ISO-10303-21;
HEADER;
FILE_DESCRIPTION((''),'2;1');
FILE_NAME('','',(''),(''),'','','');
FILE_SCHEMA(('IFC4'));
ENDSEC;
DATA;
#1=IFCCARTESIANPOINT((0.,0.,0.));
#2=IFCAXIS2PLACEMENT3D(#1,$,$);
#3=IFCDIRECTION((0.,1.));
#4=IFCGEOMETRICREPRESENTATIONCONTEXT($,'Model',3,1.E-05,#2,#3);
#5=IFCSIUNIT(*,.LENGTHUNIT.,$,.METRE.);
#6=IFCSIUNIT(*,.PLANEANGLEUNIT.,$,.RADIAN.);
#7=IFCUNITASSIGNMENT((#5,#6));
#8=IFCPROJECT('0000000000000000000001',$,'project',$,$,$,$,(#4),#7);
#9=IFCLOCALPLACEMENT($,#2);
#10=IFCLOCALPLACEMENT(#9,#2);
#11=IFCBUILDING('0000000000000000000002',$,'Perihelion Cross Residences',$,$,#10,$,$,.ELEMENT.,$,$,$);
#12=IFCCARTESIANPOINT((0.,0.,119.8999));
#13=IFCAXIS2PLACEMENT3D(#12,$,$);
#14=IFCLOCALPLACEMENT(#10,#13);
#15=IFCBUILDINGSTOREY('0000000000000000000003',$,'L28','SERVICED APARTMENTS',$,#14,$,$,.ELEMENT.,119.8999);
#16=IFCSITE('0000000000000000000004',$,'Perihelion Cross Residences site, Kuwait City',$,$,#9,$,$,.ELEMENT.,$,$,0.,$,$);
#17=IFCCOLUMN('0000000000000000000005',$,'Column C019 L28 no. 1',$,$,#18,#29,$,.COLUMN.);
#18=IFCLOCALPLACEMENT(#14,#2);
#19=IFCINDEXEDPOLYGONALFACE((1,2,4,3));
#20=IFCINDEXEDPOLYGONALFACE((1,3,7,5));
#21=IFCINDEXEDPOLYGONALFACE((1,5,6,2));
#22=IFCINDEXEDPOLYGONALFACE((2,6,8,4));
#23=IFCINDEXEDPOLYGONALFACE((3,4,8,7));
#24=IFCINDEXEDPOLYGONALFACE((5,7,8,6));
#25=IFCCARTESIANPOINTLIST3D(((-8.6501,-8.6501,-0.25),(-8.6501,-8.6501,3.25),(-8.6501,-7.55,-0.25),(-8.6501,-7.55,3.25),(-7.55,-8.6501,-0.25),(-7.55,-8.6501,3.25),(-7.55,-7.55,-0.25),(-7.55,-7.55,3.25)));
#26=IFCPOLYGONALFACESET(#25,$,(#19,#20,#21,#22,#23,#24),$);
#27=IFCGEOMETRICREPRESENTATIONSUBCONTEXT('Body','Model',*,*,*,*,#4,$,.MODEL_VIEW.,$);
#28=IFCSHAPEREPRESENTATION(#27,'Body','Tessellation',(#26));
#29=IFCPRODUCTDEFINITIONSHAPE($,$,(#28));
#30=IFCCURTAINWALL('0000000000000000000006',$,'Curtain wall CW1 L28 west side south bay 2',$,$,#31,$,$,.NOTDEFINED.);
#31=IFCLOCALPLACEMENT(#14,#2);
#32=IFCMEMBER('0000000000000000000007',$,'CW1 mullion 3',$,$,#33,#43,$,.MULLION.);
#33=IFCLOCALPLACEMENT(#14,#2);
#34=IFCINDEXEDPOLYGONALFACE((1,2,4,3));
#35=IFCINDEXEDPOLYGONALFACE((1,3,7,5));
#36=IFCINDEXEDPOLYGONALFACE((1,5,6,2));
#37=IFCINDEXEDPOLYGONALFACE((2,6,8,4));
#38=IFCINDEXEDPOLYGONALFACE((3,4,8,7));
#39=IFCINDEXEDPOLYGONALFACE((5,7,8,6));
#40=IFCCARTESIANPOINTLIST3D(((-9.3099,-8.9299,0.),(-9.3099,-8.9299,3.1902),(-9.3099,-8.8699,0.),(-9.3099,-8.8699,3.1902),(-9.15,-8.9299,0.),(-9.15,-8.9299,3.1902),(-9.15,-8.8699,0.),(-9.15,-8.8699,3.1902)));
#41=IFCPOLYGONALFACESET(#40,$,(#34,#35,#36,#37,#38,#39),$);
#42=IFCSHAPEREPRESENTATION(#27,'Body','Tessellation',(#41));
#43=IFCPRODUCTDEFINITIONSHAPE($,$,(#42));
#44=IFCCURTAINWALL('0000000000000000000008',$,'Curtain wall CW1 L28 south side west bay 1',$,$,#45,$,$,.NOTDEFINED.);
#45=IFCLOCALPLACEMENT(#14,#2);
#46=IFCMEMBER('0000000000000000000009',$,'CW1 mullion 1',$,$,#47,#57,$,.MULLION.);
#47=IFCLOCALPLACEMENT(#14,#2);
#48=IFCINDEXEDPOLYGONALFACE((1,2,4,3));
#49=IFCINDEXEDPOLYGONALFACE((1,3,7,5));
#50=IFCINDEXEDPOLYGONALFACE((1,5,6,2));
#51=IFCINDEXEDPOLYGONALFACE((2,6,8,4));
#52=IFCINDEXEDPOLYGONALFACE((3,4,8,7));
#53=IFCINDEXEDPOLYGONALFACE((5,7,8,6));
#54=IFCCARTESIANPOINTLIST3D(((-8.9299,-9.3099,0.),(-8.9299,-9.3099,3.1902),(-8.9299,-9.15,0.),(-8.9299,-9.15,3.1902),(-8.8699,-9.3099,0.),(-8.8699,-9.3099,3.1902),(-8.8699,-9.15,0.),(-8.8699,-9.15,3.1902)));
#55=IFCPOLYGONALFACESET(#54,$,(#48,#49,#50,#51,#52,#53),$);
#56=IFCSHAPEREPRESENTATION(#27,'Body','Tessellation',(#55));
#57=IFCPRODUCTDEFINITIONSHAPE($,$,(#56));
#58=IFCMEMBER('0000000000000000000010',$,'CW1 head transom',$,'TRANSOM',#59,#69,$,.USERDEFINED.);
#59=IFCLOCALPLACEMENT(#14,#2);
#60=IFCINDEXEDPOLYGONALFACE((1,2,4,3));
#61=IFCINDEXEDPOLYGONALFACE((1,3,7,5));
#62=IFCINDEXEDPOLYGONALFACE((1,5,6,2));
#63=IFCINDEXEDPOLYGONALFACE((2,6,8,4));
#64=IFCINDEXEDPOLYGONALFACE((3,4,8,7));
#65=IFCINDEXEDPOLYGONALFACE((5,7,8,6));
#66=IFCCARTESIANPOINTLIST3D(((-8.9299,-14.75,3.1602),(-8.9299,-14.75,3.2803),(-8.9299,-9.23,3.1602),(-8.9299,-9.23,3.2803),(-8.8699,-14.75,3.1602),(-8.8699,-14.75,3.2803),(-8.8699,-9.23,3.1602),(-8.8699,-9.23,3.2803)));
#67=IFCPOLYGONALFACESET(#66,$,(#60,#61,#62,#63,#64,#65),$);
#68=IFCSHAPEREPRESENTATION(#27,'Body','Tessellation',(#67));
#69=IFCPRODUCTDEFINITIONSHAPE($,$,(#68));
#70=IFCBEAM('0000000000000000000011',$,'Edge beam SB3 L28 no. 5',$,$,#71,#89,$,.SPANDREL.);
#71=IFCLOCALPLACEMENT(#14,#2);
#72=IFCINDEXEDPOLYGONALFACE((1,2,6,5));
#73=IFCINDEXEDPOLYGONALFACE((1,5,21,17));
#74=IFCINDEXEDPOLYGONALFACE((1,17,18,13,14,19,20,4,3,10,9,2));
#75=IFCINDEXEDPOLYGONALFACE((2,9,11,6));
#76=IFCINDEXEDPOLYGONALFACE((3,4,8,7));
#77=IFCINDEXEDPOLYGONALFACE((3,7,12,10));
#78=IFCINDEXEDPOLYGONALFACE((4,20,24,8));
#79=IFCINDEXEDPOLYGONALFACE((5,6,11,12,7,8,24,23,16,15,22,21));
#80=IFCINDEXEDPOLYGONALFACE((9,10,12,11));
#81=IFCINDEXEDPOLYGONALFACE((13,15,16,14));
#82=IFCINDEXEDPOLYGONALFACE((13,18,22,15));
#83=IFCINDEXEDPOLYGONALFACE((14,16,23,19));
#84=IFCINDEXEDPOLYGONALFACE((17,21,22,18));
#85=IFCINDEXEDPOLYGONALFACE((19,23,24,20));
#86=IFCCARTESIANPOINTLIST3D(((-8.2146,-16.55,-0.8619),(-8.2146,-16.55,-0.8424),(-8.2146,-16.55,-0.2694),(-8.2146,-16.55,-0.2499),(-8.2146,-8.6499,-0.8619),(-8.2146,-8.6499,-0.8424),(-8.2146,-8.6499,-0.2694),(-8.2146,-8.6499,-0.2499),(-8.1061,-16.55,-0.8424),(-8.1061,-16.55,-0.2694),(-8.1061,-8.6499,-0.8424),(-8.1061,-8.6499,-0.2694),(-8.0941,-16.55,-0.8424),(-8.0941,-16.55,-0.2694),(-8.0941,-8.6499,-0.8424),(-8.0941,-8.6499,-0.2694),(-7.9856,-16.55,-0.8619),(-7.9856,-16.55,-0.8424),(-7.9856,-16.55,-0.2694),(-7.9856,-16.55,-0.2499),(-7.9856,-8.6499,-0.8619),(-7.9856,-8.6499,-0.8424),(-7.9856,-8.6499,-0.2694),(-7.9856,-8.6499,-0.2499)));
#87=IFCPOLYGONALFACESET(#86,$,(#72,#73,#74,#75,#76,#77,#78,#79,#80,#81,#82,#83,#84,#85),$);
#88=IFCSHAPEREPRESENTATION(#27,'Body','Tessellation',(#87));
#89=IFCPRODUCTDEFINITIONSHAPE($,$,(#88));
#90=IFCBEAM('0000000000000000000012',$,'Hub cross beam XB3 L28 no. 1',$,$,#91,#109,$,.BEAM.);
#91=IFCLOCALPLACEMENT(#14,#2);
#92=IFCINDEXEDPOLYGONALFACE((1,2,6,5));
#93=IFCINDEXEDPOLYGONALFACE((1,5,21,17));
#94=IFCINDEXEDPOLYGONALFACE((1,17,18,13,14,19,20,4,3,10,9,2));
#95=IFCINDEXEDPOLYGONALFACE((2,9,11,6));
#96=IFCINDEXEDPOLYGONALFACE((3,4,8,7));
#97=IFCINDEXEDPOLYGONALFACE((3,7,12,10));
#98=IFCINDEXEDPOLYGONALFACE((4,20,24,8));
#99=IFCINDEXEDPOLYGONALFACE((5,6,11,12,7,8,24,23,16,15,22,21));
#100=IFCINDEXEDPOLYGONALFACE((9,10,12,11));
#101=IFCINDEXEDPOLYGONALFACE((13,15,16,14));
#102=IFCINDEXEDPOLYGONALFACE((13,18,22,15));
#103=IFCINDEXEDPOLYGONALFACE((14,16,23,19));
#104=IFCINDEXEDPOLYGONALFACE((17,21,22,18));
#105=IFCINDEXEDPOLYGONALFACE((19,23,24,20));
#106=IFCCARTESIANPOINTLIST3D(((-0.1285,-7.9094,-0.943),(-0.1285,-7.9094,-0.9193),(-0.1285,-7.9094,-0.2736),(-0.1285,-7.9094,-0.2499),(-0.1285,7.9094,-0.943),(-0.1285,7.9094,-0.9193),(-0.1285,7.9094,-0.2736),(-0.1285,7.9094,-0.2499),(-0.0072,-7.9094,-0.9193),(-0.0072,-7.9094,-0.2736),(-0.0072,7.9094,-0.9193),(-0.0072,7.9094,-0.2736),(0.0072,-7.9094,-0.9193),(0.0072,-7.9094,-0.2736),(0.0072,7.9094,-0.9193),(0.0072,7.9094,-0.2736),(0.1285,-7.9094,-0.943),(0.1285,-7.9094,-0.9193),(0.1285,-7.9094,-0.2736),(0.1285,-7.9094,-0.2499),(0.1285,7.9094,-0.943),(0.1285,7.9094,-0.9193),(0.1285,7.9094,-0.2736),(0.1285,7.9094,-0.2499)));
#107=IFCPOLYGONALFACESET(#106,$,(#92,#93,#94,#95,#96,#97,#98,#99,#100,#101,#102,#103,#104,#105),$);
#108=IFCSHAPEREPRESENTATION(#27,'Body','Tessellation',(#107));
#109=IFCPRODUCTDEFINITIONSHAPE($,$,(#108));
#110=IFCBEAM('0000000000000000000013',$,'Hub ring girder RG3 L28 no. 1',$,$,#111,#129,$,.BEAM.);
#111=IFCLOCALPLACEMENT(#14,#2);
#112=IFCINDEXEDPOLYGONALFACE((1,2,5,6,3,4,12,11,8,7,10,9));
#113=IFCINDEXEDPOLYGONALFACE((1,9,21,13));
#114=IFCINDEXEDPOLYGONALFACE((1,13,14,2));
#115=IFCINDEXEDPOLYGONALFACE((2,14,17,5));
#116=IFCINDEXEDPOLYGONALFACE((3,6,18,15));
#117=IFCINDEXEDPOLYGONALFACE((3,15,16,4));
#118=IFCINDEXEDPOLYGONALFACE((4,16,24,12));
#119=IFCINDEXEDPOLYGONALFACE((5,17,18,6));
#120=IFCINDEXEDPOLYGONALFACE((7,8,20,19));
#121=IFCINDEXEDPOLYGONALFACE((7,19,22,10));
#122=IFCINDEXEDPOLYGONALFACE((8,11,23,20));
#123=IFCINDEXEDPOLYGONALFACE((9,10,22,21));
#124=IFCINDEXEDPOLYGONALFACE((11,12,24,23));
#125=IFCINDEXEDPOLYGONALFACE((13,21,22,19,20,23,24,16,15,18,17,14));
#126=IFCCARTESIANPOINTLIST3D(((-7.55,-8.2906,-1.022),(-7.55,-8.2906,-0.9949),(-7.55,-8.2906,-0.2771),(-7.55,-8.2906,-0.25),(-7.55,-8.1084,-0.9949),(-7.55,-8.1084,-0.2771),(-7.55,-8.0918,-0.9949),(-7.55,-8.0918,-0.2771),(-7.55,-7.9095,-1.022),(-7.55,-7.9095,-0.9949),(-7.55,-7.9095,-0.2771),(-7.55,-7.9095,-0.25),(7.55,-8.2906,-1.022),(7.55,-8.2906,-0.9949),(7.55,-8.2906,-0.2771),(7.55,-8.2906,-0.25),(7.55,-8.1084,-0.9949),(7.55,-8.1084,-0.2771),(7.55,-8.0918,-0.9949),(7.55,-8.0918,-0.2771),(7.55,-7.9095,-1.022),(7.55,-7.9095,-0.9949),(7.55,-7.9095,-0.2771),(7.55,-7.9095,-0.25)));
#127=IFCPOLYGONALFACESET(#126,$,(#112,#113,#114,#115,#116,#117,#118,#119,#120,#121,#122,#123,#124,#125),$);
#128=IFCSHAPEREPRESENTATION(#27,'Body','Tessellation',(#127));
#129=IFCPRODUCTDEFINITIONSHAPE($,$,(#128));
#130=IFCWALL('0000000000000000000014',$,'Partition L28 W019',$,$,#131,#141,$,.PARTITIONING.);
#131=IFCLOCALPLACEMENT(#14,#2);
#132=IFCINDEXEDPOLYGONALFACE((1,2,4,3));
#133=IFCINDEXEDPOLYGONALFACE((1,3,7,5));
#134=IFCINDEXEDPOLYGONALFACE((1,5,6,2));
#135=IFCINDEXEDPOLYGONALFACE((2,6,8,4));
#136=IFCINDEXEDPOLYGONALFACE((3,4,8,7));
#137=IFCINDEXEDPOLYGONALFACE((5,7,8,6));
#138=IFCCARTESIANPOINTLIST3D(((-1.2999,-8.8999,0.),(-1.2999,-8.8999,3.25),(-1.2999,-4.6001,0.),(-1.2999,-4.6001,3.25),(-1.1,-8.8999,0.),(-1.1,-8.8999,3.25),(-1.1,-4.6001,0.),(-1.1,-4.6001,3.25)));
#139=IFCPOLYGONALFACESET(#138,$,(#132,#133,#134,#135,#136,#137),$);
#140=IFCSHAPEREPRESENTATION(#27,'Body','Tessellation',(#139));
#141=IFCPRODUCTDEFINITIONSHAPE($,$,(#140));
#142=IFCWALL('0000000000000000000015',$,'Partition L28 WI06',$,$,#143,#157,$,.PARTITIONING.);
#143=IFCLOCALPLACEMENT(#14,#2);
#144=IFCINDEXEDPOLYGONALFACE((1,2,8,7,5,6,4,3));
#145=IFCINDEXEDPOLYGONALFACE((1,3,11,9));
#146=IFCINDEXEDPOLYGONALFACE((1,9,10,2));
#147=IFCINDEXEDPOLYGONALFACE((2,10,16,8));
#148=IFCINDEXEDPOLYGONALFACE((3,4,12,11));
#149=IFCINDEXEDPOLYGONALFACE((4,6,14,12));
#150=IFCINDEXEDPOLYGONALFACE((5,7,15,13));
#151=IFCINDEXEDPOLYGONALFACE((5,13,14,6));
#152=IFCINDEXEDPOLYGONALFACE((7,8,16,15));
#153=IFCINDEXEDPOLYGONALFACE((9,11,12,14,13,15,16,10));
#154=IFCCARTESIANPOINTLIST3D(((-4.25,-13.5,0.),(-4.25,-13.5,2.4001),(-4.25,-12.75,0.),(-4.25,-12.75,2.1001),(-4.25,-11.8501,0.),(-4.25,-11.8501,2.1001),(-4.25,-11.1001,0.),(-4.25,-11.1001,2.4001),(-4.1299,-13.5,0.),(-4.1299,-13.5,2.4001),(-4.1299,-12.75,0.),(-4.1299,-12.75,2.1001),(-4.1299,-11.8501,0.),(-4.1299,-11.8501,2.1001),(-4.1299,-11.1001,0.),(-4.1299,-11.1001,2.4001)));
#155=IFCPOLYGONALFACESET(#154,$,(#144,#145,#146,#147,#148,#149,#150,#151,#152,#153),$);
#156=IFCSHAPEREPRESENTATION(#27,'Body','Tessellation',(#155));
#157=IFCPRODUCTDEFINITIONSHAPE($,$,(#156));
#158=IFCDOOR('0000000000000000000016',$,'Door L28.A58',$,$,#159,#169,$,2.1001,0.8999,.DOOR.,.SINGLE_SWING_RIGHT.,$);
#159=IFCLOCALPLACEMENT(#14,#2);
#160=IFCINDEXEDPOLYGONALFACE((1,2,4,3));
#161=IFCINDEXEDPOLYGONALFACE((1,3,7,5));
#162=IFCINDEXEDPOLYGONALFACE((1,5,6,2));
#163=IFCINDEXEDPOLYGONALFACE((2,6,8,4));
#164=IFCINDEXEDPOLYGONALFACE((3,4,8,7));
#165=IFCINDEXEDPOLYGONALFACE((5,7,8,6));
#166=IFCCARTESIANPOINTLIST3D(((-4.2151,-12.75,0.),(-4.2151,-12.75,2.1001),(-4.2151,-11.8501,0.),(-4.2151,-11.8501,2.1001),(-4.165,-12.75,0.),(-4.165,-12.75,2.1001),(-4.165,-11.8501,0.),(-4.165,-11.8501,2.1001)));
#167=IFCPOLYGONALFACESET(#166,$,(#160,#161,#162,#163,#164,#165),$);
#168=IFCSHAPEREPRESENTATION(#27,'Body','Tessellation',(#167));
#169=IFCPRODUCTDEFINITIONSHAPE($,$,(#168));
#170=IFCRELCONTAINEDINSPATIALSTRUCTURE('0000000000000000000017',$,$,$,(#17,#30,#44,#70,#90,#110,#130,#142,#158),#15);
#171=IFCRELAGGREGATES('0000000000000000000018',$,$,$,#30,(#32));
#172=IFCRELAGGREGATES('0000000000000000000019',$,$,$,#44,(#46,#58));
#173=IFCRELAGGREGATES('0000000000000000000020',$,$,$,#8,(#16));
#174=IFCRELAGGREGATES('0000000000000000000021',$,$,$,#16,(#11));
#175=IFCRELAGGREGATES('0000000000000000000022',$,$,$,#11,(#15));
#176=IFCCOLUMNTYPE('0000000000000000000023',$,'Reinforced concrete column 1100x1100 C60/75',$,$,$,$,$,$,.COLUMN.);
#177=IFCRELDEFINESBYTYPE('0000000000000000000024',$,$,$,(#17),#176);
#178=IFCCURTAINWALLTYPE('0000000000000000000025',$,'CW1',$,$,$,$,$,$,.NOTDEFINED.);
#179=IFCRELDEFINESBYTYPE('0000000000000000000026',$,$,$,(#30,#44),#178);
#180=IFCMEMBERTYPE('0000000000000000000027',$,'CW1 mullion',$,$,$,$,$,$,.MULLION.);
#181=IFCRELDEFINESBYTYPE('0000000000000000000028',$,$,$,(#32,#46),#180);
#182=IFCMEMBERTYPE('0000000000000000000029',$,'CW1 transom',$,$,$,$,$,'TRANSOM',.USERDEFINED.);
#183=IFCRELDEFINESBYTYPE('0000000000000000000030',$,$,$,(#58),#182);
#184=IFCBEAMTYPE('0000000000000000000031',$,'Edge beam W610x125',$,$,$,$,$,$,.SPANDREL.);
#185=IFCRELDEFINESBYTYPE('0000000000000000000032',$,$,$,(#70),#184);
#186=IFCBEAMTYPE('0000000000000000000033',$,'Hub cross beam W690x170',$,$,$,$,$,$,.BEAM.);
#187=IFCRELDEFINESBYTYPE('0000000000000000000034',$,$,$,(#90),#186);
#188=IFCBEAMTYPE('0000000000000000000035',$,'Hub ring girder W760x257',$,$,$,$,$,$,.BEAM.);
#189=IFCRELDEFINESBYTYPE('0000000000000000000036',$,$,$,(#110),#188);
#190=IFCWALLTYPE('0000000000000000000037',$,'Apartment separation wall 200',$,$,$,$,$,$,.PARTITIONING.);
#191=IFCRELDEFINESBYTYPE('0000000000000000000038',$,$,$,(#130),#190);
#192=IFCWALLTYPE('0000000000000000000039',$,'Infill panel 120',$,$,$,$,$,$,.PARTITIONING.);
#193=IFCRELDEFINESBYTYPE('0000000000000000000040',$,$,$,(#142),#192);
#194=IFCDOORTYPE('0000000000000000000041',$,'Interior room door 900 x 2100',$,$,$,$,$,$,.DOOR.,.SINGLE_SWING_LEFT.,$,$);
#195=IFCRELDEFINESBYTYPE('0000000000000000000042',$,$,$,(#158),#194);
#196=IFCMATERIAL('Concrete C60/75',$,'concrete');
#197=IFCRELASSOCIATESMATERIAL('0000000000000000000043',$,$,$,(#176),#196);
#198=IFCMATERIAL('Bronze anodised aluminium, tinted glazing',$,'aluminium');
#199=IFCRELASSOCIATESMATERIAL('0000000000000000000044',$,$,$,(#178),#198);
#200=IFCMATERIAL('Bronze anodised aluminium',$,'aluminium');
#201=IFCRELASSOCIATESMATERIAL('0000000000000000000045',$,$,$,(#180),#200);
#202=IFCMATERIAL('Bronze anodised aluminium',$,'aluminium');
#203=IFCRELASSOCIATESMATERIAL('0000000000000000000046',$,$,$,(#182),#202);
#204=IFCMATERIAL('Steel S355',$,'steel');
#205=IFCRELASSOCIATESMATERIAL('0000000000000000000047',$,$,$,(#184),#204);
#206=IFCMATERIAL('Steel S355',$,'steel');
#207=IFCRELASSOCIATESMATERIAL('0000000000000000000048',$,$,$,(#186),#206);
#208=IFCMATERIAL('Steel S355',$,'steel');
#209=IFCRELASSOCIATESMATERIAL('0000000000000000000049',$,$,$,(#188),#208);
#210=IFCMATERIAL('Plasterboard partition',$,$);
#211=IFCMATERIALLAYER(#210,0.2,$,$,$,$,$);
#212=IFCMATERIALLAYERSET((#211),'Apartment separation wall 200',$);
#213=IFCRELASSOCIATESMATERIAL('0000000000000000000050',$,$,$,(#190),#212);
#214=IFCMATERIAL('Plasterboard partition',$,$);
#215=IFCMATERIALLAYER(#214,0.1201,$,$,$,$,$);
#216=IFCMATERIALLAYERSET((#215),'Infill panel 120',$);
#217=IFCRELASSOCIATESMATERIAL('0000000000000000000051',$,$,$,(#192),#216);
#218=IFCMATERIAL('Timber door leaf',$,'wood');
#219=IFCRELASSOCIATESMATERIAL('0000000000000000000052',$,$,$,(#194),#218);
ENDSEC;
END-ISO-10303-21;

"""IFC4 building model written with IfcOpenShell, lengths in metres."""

from ifc_helpers import new_model, si_unit, direction, frame, frame_2d, origin, origin_2d, place, context, subcontext, project, spatial, rectangle, i_section, extrude, material, layer, layer_set, material_profile, profile_set, type_object, element, fill, aggregate, save


model = new_model("IFC4")

# Units and contexts
model_context = context("Model", 3, precision=1e-05, world=origin(), true_north=direction((0.0, 1.0)))
body_context = subcontext(model_context, "Body", "Model", "MODEL_VIEW")
ifc_project = project(units=[si_unit("LENGTHUNIT", "METRE"), si_unit("PLANEANGLEUNIT", "RADIAN")], contexts=[model_context])

# Site, building, storey
site_placement = place(None, origin())
site = spatial("IfcSite", under=ifc_project, at=site_placement, Name="Perihelion Cross Residences site, Kuwait City", CompositionType="ELEMENT", RefElevation=0.0)
building_placement = place(site_placement, origin())
building = spatial("IfcBuilding", under=site, at=building_placement, Name="Perihelion Cross Residences", CompositionType="ELEMENT")
storey_placement = place(building_placement, frame((0.0, 0.0, 119.8999)))
storey = spatial("IfcBuildingStorey", under=building, at=storey_placement, Name="L28", Description="SERVICED APARTMENTS", CompositionType="ELEMENT", Elevation=119.8999)

# Column
ifc_material_1 = material(Name="Concrete C60/75", Category="concrete")
ifc_material_profile_1 = material_profile(ifc_material_1, rectangle(XDim=1.1001, YDim=1.1001, at=origin_2d()), Name="RC 1100x1100")
ifc_profile_set_1 = profile_set([ifc_material_profile_1], Name="Concrete C60/75")
column_type = type_object("IfcColumnType", Name="Reinforced concrete column 1100x1100 C60/75", PredefinedType="COLUMN", material=ifc_profile_set_1)
column_placement = place(storey_placement, frame((-8.1001, -8.1001, -0.25), z_axis=(0.0, 0.0, 1.0), x_axis=(1.0, 0.0, 0.0)))
element("IfcColumn", 1, at=column_placement, inside=storey, type_object=column_type, Name="Column C019 L28 no. 1", PredefinedType="COLUMN", context=body_context, shape_type="SweptSolid", body=[
    extrude(rectangle(XDim=1.1001, YDim=1.1001, at=origin_2d()), origin(), (0.0, 0.0, 1.0), 3.5),
])

# Curtain wall, member
ifc_material_2 = material(Name="Bronze anodised aluminium, tinted glazing", Category="aluminium")
curtain_wall_type = type_object("IfcCurtainWallType", Name="CW1", PredefinedType="NOTDEFINED", material=ifc_material_2)
curtain_wall_1_placement = place(storey_placement, origin())
curtain_wall_1 = element("IfcCurtainWall", 2, at=curtain_wall_1_placement, inside=storey, type_object=curtain_wall_type, Name="Curtain wall CW1 L28 west side south bay 2", PredefinedType="NOTDEFINED")
ifc_material_3 = material(Name="Bronze anodised aluminium", Category="aluminium")
ifc_material_profile_2 = material_profile(ifc_material_3, rectangle(XDim=0.0601, YDim=0.1599, at=origin_2d()), Name="CW1 mullion")
ifc_profile_set_2 = profile_set([ifc_material_profile_2], Name="Bronze anodised aluminium")
member_type_1 = type_object("IfcMemberType", Name="CW1 mullion", PredefinedType="MULLION", material=ifc_profile_set_2)
member_1_placement = place(storey_placement, frame((-9.23, -8.8999, 0.0), z_axis=(0.0, 0.0, 1.0), x_axis=(0.0, 1.0, 0.0)))
member_1 = element("IfcMember", 3, at=member_1_placement, type_object=member_type_1, Name="CW1 mullion 3", PredefinedType="MULLION", context=body_context, shape_type="SweptSolid", body=[
    extrude(rectangle(XDim=0.0601, YDim=0.1599, at=origin_2d()), origin(), (0.0, 0.0, 1.0), 3.1902),
])
aggregate(curtain_wall_1, [member_1])

# Curtain wall, members
curtain_wall_2_placement = place(storey_placement, origin())
curtain_wall_2 = element("IfcCurtainWall", 4, at=curtain_wall_2_placement, inside=storey, type_object=curtain_wall_type, Name="Curtain wall CW1 L28 south side west bay 1", PredefinedType="NOTDEFINED")
member_2_placement = place(storey_placement, frame((-8.8999, -9.23, 0.0), z_axis=(0.0, 0.0, 1.0), x_axis=(1.0, 0.0, 0.0)))
member_2 = element("IfcMember", 5, at=member_2_placement, type_object=member_type_1, Name="CW1 mullion 1", PredefinedType="MULLION", context=body_context, shape_type="SweptSolid", body=[
    extrude(rectangle(XDim=0.0601, YDim=0.1599, at=origin_2d()), origin(), (0.0, 0.0, 1.0), 3.1902),
])
ifc_material_4 = material(Name="Bronze anodised aluminium", Category="aluminium")
ifc_material_profile_3 = material_profile(ifc_material_4, rectangle(XDim=0.0601, YDim=0.1201, at=origin_2d()), Name="CW1 transom")
ifc_profile_set_3 = profile_set([ifc_material_profile_3], Name="Bronze anodised aluminium")
member_type_2 = type_object("IfcMemberType", Name="CW1 transom", ElementType="TRANSOM", PredefinedType="USERDEFINED", material=ifc_profile_set_3)
member_3_placement = place(storey_placement, frame((-8.8999, -9.23, 3.2202), z_axis=(0.0, -1.0, 0.0), x_axis=(1.0, 0.0, 0.0)))
member_3 = element("IfcMember", 6, at=member_3_placement, type_object=member_type_2, Name="CW1 head transom", ObjectType="TRANSOM", PredefinedType="USERDEFINED", context=body_context, shape_type="SweptSolid", body=[
    extrude(rectangle(XDim=0.0601, YDim=0.1201, at=origin_2d()), origin(), (0.0, 0.0, 1.0), 5.52),
])
aggregate(curtain_wall_2, [member_2, member_3])

# Beams
ifc_material_5 = material(Name="Steel S355", Category="steel")
ifc_material_profile_4 = material_profile(ifc_material_5, i_section(OverallWidth=0.229, OverallDepth=0.6121, WebThickness=0.012, FlangeThickness=0.0195, at=origin_2d()), Name="W610x125")
ifc_profile_set_4 = profile_set([ifc_material_profile_4], Name="Steel S355")
beam_type_1 = type_object("IfcBeamType", Name="Edge beam W610x125", PredefinedType="SPANDREL", material=ifc_profile_set_4)
beam_1_placement = place(storey_placement, frame((-8.1001, -8.6499, -0.5559), z_axis=(0.0, -1.0, 0.0), x_axis=(1.0, 0.0, 0.0)))
element("IfcBeam", 7, at=beam_1_placement, inside=storey, type_object=beam_type_1, Name="Edge beam SB3 L28 no. 5", PredefinedType="SPANDREL", context=body_context, shape_type="SweptSolid", body=[
    extrude(i_section(OverallWidth=0.229, OverallDepth=0.6121, WebThickness=0.012, FlangeThickness=0.0195, at=origin_2d()), origin(), (0.0, 0.0, 1.0), 7.9001),
])
ifc_material_6 = material(Name="Steel S355", Category="steel")
ifc_material_profile_5 = material_profile(ifc_material_6, i_section(OverallWidth=0.2571, OverallDepth=0.6931, WebThickness=0.0144, FlangeThickness=0.0237, at=origin_2d()), Name="W690x170")
ifc_profile_set_5 = profile_set([ifc_material_profile_5], Name="Steel S355")
beam_type_2 = type_object("IfcBeamType", Name="Hub cross beam W690x170", PredefinedType="BEAM", material=ifc_profile_set_5)
beam_2_placement = place(storey_placement, frame((0.0, -7.9094, -0.5964), z_axis=(0.0, 1.0, 0.0), x_axis=(-1.0, 0.0, 0.0)))
element("IfcBeam", 8, at=beam_2_placement, inside=storey, type_object=beam_type_2, Name="Hub cross beam XB3 L28 no. 1", PredefinedType="BEAM", context=body_context, shape_type="SweptSolid", body=[
    extrude(i_section(OverallWidth=0.2571, OverallDepth=0.6931, WebThickness=0.0144, FlangeThickness=0.0237, at=origin_2d()), origin(), (0.0, 0.0, 1.0), 15.8188),
])
ifc_material_7 = material(Name="Steel S355", Category="steel")
ifc_material_profile_6 = material_profile(ifc_material_7, i_section(OverallWidth=0.3811, OverallDepth=0.772, WebThickness=0.0166, FlangeThickness=0.0271, at=origin_2d()), Name="W760x257")
ifc_profile_set_6 = profile_set([ifc_material_profile_6], Name="Steel S355")
beam_type_3 = type_object("IfcBeamType", Name="Hub ring girder W760x257", PredefinedType="BEAM", material=ifc_profile_set_6)
beam_3_placement = place(storey_placement, frame((-7.55, -8.1001, -0.636), z_axis=(1.0, 0.0, 0.0), x_axis=(0.0, 1.0, 0.0)))
element("IfcBeam", 9, at=beam_3_placement, inside=storey, type_object=beam_type_3, Name="Hub ring girder RG3 L28 no. 1", PredefinedType="BEAM", context=body_context, shape_type="SweptSolid", body=[
    extrude(i_section(OverallWidth=0.3811, OverallDepth=0.772, WebThickness=0.0166, FlangeThickness=0.0271, at=origin_2d()), origin(), (0.0, 0.0, 1.0), 15.1001),
])

# Wall
ifc_material_8 = material(Name="Plasterboard partition")
ifc_layer_1 = layer(ifc_material_8, 0.2)
ifc_layer_set_1 = layer_set([ifc_layer_1], Name="Apartment separation wall 200")
wall_type_1 = type_object("IfcWallType", Name="Apartment separation wall 200", PredefinedType="PARTITIONING", material=ifc_layer_set_1)
wall_1_placement = place(storey_placement, frame((-1.2, -8.8999, 0.0), z_axis=(0.0, 0.0, 1.0), x_axis=(0.0, 1.0, 0.0)))
element("IfcWall", 10, at=wall_1_placement, inside=storey, type_object=wall_type_1, Name="Partition L28 W019", PredefinedType="PARTITIONING", context=body_context, shape_type="SweptSolid", body=[
    extrude(rectangle(XDim=4.2998, YDim=0.2, at=frame_2d((2.1499, 0.0))), origin(), (0.0, 0.0, 1.0), 3.25),
])

# Wall, opening, door
ifc_material_9 = material(Name="Plasterboard partition")
ifc_layer_2 = layer(ifc_material_9, 0.1201)
ifc_layer_set_2 = layer_set([ifc_layer_2], Name="Infill panel 120")
wall_type_2 = type_object("IfcWallType", Name="Infill panel 120", PredefinedType="PARTITIONING", material=ifc_layer_set_2)
wall_2_placement = place(storey_placement, frame((-4.1899, -11.1001, 0.0), z_axis=(0.0, 0.0, 1.0), x_axis=(0.0, -1.0, 0.0)))
wall_2 = element("IfcWall", 11, at=wall_2_placement, inside=storey, type_object=wall_type_2, Name="Partition L28 WI06", PredefinedType="PARTITIONING", context=body_context, shape_type="SweptSolid", body=[
    extrude(rectangle(XDim=2.3999, YDim=0.1201, at=frame_2d((1.2, 0.0))), origin(), (0.0, 0.0, 1.0), 2.4001),
])
opening_1_placement = place(wall_2_placement, frame((0.75, 0.0, 0.0)))
opening_1 = element("IfcOpeningElement", 12, at=opening_1_placement, cuts=wall_2, PredefinedType="OPENING", context=body_context, shape_type="SweptSolid", body=[
    extrude(rectangle(XDim=0.8999, YDim=2.1001, at=frame_2d((0.45, 1.05))), frame((0.0, 0.0701, 0.0), z_axis=(0.0, -1.0, 0.0), x_axis=(1.0, 0.0, 0.0)), (0.0, 0.0, 1.0), 0.1401),
])
ifc_material_10 = material(Name="Timber door leaf", Category="wood")
door_type_1 = type_object("IfcDoorType", Name="Interior room door 900 x 2100", OperationType="SINGLE_SWING_LEFT", PredefinedType="DOOR", material=ifc_material_10)
door_1_placement = place(opening_1_placement, origin())
door_1 = element("IfcDoor", 13, at=door_1_placement, inside=storey, type_object=door_type_1, Name="Door L28.A58", OperationType="SINGLE_SWING_RIGHT", OverallHeight=2.1001, OverallWidth=0.8999, PredefinedType="DOOR", context=body_context, shape_type="SweptSolid", body=[
    extrude(rectangle(XDim=0.8999, YDim=2.1001, at=frame_2d((0.45, 1.05))), frame((0.0, 0.0249, 0.0), z_axis=(0.0, -1.0, 0.0), x_axis=(1.0, 0.0, 0.0)), (0.0, 0.0, 1.0), 0.05),
])
fill(opening_1, door_1)

save(model, "model.ifc")
